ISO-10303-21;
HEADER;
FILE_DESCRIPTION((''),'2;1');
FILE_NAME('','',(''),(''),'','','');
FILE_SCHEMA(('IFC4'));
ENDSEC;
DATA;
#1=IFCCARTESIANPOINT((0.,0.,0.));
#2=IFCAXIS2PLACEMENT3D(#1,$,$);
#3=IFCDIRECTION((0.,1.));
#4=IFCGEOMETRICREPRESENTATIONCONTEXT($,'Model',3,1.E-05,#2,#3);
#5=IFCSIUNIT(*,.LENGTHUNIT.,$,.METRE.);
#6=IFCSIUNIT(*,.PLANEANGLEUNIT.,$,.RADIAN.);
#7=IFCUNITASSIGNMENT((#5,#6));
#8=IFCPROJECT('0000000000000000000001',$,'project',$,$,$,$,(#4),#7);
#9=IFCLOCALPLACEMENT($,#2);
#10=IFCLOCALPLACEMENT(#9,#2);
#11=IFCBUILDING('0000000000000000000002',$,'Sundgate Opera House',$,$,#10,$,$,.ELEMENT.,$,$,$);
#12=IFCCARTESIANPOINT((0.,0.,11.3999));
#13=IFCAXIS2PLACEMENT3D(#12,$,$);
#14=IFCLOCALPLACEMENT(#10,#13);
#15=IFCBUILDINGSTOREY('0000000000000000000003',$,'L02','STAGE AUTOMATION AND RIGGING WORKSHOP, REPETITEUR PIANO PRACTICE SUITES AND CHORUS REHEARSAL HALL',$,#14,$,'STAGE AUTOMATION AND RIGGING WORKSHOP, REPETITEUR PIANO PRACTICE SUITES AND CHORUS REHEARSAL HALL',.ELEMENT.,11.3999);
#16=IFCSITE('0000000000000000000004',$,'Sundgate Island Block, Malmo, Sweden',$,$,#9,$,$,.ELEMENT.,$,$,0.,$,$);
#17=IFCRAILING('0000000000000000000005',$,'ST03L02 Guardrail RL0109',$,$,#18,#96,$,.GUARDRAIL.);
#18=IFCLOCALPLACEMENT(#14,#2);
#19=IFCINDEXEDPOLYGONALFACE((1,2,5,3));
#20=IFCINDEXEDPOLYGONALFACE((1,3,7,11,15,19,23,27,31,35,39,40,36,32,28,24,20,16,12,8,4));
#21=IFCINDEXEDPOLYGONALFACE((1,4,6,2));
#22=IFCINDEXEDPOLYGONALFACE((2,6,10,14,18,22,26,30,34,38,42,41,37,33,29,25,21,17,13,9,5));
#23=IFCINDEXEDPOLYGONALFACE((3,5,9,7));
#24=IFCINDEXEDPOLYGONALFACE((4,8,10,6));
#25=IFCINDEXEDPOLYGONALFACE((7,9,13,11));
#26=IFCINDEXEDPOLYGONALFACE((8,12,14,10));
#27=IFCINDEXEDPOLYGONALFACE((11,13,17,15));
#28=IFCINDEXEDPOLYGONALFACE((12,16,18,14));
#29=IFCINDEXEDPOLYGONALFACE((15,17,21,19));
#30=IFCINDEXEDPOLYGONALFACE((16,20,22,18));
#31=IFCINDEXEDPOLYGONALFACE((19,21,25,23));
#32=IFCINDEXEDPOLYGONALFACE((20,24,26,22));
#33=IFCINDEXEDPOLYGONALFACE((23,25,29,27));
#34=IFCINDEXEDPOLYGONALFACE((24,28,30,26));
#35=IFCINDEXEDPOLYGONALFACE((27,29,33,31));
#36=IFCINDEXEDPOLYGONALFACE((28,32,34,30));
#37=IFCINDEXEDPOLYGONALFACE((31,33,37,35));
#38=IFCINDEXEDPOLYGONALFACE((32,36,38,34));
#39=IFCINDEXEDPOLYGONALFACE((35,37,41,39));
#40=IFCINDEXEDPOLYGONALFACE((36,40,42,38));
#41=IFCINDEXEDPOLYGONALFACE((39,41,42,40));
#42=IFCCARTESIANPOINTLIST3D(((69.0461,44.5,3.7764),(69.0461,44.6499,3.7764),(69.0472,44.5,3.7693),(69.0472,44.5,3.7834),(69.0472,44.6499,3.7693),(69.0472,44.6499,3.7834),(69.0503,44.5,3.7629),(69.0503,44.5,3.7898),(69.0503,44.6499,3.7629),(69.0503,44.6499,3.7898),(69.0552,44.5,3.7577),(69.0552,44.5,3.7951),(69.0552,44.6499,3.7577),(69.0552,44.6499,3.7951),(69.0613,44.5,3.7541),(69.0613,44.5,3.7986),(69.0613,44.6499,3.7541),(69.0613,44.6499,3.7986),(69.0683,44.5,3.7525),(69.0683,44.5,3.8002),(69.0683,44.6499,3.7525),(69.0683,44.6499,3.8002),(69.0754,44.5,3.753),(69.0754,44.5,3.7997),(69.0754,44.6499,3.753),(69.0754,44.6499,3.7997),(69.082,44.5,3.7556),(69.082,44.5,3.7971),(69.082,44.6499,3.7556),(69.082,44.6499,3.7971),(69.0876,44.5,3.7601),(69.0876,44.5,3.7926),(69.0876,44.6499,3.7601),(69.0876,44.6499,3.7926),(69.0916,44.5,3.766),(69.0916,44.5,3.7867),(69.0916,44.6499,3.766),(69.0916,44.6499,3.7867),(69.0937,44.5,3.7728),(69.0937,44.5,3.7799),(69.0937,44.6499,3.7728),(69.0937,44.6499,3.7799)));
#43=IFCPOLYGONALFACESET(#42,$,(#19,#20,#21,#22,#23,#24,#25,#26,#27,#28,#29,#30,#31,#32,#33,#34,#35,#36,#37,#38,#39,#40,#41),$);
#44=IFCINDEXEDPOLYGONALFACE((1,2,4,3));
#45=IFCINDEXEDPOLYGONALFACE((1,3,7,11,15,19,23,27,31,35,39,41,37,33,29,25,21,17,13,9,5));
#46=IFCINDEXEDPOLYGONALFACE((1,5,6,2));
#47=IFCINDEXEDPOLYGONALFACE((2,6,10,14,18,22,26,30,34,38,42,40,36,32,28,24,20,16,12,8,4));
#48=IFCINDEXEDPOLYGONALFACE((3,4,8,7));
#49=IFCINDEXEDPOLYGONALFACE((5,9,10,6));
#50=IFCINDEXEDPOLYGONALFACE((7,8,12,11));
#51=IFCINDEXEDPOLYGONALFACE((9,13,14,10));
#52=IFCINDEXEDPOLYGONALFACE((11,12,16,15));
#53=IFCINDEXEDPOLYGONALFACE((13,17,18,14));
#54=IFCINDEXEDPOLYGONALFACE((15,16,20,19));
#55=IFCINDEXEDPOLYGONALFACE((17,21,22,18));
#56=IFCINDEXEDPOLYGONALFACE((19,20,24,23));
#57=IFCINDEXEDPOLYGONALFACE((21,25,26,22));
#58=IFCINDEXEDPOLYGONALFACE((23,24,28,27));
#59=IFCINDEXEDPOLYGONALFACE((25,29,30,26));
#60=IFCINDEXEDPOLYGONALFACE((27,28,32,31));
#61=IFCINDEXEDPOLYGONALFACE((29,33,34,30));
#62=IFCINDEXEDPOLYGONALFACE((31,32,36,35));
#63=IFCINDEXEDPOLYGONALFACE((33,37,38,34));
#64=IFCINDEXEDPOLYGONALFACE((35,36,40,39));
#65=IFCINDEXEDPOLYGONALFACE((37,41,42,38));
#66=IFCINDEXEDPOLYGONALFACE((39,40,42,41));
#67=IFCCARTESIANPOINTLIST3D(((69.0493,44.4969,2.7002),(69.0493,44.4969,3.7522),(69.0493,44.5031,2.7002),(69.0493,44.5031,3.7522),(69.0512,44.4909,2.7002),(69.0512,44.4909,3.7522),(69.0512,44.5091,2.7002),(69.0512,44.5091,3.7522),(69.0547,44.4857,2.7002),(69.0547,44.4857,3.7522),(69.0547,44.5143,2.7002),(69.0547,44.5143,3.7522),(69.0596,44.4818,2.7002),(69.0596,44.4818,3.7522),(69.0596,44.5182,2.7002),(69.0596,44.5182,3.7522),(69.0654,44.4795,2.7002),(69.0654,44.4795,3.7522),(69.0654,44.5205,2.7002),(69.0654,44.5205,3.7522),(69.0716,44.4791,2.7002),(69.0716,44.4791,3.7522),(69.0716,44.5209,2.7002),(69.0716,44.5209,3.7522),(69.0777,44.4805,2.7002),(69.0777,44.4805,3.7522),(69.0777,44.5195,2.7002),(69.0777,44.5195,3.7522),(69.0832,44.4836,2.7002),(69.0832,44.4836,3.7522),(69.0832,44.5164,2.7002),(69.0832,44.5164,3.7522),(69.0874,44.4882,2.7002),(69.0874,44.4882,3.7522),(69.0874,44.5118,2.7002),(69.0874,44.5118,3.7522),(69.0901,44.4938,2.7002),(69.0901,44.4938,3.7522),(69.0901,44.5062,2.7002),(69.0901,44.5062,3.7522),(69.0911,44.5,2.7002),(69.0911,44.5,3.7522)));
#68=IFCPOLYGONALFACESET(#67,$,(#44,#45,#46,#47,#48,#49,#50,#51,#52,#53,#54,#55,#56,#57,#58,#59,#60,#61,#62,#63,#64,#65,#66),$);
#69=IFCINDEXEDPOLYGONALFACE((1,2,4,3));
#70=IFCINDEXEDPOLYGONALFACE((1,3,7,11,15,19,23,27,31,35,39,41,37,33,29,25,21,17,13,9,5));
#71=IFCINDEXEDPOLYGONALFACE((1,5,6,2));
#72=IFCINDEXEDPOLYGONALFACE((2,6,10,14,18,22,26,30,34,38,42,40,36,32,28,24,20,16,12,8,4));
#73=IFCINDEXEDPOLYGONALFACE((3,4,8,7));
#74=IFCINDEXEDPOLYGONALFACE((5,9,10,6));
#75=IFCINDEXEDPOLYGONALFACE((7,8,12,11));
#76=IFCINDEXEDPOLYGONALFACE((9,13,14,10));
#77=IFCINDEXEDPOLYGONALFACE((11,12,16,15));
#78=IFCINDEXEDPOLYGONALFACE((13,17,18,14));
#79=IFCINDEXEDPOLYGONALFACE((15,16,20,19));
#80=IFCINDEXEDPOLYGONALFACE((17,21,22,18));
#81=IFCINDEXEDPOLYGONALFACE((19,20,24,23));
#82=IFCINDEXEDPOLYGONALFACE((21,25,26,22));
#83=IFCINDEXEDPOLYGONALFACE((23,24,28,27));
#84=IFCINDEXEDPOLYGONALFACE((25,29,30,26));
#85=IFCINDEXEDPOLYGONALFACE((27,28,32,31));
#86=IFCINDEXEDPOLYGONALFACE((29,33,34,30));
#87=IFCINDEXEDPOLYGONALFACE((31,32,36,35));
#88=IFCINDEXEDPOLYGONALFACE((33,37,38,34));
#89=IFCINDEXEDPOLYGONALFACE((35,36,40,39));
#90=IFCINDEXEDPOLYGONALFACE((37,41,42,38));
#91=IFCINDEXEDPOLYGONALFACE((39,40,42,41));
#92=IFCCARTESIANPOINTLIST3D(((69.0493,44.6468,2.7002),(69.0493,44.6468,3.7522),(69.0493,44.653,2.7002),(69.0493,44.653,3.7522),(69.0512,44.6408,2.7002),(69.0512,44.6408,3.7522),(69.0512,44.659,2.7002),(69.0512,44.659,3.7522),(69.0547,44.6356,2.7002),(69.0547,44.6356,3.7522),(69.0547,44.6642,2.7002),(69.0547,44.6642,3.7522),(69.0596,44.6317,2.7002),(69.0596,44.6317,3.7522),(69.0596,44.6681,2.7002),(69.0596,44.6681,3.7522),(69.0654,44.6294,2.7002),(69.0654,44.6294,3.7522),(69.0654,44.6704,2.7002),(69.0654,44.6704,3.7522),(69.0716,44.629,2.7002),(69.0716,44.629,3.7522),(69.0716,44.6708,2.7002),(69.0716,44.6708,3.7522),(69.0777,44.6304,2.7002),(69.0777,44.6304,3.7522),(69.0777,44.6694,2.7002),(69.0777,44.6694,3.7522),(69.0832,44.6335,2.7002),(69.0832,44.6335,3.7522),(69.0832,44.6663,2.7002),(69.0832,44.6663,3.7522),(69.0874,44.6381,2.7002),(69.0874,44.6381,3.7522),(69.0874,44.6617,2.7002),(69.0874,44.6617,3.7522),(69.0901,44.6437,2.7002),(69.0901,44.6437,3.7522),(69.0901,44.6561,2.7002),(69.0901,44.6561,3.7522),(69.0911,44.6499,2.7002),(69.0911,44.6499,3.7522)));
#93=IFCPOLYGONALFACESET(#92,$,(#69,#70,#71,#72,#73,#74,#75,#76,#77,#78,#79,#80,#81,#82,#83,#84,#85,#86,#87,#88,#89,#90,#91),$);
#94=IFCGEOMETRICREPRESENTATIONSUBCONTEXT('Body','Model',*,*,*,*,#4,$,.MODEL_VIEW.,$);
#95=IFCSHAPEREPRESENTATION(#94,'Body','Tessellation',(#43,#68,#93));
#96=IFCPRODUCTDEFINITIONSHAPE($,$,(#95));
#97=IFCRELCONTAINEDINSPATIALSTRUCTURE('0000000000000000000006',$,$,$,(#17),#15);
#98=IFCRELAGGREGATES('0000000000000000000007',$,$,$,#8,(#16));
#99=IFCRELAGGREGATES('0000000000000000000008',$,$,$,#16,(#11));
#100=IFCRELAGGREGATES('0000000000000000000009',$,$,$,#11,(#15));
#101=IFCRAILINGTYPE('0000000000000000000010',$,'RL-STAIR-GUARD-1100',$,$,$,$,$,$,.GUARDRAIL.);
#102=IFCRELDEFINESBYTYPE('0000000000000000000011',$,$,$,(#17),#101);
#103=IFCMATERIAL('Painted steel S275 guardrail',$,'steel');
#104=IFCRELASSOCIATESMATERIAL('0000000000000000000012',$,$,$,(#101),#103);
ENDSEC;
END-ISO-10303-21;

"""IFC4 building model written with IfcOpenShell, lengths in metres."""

from ifc_helpers import new_model, si_unit, direction, frame, origin, origin_2d, place, context, subcontext, project, spatial, circle, extrude, material, type_object, element, save


model = new_model("IFC4")

# Units and contexts
model_context = context("Model", 3, precision=1e-05, world=origin(), true_north=direction((0.0, 1.0)))
body_context = subcontext(model_context, "Body", "Model", "MODEL_VIEW")
ifc_project = project(units=[si_unit("LENGTHUNIT", "METRE"), si_unit("PLANEANGLEUNIT", "RADIAN")], contexts=[model_context])

# Site, building, storey
site_placement = place(None, origin())
site = spatial("IfcSite", under=ifc_project, at=site_placement, Name="Sundgate Island Block, Malmo, Sweden", CompositionType="ELEMENT", RefElevation=0.0)
building_placement = place(site_placement, origin())
building = spatial("IfcBuilding", under=site, at=building_placement, Name="Sundgate Opera House", CompositionType="ELEMENT")
storey_placement = place(building_placement, frame((0.0, 0.0, 11.3999)))
storey = spatial("IfcBuildingStorey", under=building, at=storey_placement, Name="L02", Description="STAGE AUTOMATION AND RIGGING WORKSHOP, REPETITEUR PIANO PRACTICE SUITES AND CHORUS REHEARSAL HALL", LongName="STAGE AUTOMATION AND RIGGING WORKSHOP, REPETITEUR PIANO PRACTICE SUITES AND CHORUS REHEARSAL HALL", CompositionType="ELEMENT", Elevation=11.3999)

# Railing
ifc_material_1 = material(Name="Painted steel S275 guardrail", Category="steel")
railing_type_1 = type_object("IfcRailingType", Name="RL-STAIR-GUARD-1100", PredefinedType="GUARDRAIL", material=ifc_material_1)
railing_1_placement = place(storey_placement, frame((69.0701, 44.5, 2.7002)))
element("IfcRailing", 1, at=railing_1_placement, inside=storey, type_object=railing_type_1, Name="ST03L02 Guardrail RL0109", PredefinedType="GUARDRAIL", context=body_context, shape_type="SweptSolid", body=[
    extrude(circle(Radius=0.0239, at=origin_2d()), frame((0.0, 0.0, 1.0762), z_axis=(0.0, 1.0, 0.0), x_axis=(-1.0, 0.0, 0.0)), (0.0, 0.0, 1.0), 0.1499),
    extrude(circle(Radius=0.021, at=origin_2d()), origin(), (0.0, 0.0, 1.0), 1.052),
    extrude(circle(Radius=0.021, at=origin_2d()), frame((0.0, 0.1499, 0.0)), (0.0, 0.0, 1.0), 1.052),
])

save(model, "model.ifc")
